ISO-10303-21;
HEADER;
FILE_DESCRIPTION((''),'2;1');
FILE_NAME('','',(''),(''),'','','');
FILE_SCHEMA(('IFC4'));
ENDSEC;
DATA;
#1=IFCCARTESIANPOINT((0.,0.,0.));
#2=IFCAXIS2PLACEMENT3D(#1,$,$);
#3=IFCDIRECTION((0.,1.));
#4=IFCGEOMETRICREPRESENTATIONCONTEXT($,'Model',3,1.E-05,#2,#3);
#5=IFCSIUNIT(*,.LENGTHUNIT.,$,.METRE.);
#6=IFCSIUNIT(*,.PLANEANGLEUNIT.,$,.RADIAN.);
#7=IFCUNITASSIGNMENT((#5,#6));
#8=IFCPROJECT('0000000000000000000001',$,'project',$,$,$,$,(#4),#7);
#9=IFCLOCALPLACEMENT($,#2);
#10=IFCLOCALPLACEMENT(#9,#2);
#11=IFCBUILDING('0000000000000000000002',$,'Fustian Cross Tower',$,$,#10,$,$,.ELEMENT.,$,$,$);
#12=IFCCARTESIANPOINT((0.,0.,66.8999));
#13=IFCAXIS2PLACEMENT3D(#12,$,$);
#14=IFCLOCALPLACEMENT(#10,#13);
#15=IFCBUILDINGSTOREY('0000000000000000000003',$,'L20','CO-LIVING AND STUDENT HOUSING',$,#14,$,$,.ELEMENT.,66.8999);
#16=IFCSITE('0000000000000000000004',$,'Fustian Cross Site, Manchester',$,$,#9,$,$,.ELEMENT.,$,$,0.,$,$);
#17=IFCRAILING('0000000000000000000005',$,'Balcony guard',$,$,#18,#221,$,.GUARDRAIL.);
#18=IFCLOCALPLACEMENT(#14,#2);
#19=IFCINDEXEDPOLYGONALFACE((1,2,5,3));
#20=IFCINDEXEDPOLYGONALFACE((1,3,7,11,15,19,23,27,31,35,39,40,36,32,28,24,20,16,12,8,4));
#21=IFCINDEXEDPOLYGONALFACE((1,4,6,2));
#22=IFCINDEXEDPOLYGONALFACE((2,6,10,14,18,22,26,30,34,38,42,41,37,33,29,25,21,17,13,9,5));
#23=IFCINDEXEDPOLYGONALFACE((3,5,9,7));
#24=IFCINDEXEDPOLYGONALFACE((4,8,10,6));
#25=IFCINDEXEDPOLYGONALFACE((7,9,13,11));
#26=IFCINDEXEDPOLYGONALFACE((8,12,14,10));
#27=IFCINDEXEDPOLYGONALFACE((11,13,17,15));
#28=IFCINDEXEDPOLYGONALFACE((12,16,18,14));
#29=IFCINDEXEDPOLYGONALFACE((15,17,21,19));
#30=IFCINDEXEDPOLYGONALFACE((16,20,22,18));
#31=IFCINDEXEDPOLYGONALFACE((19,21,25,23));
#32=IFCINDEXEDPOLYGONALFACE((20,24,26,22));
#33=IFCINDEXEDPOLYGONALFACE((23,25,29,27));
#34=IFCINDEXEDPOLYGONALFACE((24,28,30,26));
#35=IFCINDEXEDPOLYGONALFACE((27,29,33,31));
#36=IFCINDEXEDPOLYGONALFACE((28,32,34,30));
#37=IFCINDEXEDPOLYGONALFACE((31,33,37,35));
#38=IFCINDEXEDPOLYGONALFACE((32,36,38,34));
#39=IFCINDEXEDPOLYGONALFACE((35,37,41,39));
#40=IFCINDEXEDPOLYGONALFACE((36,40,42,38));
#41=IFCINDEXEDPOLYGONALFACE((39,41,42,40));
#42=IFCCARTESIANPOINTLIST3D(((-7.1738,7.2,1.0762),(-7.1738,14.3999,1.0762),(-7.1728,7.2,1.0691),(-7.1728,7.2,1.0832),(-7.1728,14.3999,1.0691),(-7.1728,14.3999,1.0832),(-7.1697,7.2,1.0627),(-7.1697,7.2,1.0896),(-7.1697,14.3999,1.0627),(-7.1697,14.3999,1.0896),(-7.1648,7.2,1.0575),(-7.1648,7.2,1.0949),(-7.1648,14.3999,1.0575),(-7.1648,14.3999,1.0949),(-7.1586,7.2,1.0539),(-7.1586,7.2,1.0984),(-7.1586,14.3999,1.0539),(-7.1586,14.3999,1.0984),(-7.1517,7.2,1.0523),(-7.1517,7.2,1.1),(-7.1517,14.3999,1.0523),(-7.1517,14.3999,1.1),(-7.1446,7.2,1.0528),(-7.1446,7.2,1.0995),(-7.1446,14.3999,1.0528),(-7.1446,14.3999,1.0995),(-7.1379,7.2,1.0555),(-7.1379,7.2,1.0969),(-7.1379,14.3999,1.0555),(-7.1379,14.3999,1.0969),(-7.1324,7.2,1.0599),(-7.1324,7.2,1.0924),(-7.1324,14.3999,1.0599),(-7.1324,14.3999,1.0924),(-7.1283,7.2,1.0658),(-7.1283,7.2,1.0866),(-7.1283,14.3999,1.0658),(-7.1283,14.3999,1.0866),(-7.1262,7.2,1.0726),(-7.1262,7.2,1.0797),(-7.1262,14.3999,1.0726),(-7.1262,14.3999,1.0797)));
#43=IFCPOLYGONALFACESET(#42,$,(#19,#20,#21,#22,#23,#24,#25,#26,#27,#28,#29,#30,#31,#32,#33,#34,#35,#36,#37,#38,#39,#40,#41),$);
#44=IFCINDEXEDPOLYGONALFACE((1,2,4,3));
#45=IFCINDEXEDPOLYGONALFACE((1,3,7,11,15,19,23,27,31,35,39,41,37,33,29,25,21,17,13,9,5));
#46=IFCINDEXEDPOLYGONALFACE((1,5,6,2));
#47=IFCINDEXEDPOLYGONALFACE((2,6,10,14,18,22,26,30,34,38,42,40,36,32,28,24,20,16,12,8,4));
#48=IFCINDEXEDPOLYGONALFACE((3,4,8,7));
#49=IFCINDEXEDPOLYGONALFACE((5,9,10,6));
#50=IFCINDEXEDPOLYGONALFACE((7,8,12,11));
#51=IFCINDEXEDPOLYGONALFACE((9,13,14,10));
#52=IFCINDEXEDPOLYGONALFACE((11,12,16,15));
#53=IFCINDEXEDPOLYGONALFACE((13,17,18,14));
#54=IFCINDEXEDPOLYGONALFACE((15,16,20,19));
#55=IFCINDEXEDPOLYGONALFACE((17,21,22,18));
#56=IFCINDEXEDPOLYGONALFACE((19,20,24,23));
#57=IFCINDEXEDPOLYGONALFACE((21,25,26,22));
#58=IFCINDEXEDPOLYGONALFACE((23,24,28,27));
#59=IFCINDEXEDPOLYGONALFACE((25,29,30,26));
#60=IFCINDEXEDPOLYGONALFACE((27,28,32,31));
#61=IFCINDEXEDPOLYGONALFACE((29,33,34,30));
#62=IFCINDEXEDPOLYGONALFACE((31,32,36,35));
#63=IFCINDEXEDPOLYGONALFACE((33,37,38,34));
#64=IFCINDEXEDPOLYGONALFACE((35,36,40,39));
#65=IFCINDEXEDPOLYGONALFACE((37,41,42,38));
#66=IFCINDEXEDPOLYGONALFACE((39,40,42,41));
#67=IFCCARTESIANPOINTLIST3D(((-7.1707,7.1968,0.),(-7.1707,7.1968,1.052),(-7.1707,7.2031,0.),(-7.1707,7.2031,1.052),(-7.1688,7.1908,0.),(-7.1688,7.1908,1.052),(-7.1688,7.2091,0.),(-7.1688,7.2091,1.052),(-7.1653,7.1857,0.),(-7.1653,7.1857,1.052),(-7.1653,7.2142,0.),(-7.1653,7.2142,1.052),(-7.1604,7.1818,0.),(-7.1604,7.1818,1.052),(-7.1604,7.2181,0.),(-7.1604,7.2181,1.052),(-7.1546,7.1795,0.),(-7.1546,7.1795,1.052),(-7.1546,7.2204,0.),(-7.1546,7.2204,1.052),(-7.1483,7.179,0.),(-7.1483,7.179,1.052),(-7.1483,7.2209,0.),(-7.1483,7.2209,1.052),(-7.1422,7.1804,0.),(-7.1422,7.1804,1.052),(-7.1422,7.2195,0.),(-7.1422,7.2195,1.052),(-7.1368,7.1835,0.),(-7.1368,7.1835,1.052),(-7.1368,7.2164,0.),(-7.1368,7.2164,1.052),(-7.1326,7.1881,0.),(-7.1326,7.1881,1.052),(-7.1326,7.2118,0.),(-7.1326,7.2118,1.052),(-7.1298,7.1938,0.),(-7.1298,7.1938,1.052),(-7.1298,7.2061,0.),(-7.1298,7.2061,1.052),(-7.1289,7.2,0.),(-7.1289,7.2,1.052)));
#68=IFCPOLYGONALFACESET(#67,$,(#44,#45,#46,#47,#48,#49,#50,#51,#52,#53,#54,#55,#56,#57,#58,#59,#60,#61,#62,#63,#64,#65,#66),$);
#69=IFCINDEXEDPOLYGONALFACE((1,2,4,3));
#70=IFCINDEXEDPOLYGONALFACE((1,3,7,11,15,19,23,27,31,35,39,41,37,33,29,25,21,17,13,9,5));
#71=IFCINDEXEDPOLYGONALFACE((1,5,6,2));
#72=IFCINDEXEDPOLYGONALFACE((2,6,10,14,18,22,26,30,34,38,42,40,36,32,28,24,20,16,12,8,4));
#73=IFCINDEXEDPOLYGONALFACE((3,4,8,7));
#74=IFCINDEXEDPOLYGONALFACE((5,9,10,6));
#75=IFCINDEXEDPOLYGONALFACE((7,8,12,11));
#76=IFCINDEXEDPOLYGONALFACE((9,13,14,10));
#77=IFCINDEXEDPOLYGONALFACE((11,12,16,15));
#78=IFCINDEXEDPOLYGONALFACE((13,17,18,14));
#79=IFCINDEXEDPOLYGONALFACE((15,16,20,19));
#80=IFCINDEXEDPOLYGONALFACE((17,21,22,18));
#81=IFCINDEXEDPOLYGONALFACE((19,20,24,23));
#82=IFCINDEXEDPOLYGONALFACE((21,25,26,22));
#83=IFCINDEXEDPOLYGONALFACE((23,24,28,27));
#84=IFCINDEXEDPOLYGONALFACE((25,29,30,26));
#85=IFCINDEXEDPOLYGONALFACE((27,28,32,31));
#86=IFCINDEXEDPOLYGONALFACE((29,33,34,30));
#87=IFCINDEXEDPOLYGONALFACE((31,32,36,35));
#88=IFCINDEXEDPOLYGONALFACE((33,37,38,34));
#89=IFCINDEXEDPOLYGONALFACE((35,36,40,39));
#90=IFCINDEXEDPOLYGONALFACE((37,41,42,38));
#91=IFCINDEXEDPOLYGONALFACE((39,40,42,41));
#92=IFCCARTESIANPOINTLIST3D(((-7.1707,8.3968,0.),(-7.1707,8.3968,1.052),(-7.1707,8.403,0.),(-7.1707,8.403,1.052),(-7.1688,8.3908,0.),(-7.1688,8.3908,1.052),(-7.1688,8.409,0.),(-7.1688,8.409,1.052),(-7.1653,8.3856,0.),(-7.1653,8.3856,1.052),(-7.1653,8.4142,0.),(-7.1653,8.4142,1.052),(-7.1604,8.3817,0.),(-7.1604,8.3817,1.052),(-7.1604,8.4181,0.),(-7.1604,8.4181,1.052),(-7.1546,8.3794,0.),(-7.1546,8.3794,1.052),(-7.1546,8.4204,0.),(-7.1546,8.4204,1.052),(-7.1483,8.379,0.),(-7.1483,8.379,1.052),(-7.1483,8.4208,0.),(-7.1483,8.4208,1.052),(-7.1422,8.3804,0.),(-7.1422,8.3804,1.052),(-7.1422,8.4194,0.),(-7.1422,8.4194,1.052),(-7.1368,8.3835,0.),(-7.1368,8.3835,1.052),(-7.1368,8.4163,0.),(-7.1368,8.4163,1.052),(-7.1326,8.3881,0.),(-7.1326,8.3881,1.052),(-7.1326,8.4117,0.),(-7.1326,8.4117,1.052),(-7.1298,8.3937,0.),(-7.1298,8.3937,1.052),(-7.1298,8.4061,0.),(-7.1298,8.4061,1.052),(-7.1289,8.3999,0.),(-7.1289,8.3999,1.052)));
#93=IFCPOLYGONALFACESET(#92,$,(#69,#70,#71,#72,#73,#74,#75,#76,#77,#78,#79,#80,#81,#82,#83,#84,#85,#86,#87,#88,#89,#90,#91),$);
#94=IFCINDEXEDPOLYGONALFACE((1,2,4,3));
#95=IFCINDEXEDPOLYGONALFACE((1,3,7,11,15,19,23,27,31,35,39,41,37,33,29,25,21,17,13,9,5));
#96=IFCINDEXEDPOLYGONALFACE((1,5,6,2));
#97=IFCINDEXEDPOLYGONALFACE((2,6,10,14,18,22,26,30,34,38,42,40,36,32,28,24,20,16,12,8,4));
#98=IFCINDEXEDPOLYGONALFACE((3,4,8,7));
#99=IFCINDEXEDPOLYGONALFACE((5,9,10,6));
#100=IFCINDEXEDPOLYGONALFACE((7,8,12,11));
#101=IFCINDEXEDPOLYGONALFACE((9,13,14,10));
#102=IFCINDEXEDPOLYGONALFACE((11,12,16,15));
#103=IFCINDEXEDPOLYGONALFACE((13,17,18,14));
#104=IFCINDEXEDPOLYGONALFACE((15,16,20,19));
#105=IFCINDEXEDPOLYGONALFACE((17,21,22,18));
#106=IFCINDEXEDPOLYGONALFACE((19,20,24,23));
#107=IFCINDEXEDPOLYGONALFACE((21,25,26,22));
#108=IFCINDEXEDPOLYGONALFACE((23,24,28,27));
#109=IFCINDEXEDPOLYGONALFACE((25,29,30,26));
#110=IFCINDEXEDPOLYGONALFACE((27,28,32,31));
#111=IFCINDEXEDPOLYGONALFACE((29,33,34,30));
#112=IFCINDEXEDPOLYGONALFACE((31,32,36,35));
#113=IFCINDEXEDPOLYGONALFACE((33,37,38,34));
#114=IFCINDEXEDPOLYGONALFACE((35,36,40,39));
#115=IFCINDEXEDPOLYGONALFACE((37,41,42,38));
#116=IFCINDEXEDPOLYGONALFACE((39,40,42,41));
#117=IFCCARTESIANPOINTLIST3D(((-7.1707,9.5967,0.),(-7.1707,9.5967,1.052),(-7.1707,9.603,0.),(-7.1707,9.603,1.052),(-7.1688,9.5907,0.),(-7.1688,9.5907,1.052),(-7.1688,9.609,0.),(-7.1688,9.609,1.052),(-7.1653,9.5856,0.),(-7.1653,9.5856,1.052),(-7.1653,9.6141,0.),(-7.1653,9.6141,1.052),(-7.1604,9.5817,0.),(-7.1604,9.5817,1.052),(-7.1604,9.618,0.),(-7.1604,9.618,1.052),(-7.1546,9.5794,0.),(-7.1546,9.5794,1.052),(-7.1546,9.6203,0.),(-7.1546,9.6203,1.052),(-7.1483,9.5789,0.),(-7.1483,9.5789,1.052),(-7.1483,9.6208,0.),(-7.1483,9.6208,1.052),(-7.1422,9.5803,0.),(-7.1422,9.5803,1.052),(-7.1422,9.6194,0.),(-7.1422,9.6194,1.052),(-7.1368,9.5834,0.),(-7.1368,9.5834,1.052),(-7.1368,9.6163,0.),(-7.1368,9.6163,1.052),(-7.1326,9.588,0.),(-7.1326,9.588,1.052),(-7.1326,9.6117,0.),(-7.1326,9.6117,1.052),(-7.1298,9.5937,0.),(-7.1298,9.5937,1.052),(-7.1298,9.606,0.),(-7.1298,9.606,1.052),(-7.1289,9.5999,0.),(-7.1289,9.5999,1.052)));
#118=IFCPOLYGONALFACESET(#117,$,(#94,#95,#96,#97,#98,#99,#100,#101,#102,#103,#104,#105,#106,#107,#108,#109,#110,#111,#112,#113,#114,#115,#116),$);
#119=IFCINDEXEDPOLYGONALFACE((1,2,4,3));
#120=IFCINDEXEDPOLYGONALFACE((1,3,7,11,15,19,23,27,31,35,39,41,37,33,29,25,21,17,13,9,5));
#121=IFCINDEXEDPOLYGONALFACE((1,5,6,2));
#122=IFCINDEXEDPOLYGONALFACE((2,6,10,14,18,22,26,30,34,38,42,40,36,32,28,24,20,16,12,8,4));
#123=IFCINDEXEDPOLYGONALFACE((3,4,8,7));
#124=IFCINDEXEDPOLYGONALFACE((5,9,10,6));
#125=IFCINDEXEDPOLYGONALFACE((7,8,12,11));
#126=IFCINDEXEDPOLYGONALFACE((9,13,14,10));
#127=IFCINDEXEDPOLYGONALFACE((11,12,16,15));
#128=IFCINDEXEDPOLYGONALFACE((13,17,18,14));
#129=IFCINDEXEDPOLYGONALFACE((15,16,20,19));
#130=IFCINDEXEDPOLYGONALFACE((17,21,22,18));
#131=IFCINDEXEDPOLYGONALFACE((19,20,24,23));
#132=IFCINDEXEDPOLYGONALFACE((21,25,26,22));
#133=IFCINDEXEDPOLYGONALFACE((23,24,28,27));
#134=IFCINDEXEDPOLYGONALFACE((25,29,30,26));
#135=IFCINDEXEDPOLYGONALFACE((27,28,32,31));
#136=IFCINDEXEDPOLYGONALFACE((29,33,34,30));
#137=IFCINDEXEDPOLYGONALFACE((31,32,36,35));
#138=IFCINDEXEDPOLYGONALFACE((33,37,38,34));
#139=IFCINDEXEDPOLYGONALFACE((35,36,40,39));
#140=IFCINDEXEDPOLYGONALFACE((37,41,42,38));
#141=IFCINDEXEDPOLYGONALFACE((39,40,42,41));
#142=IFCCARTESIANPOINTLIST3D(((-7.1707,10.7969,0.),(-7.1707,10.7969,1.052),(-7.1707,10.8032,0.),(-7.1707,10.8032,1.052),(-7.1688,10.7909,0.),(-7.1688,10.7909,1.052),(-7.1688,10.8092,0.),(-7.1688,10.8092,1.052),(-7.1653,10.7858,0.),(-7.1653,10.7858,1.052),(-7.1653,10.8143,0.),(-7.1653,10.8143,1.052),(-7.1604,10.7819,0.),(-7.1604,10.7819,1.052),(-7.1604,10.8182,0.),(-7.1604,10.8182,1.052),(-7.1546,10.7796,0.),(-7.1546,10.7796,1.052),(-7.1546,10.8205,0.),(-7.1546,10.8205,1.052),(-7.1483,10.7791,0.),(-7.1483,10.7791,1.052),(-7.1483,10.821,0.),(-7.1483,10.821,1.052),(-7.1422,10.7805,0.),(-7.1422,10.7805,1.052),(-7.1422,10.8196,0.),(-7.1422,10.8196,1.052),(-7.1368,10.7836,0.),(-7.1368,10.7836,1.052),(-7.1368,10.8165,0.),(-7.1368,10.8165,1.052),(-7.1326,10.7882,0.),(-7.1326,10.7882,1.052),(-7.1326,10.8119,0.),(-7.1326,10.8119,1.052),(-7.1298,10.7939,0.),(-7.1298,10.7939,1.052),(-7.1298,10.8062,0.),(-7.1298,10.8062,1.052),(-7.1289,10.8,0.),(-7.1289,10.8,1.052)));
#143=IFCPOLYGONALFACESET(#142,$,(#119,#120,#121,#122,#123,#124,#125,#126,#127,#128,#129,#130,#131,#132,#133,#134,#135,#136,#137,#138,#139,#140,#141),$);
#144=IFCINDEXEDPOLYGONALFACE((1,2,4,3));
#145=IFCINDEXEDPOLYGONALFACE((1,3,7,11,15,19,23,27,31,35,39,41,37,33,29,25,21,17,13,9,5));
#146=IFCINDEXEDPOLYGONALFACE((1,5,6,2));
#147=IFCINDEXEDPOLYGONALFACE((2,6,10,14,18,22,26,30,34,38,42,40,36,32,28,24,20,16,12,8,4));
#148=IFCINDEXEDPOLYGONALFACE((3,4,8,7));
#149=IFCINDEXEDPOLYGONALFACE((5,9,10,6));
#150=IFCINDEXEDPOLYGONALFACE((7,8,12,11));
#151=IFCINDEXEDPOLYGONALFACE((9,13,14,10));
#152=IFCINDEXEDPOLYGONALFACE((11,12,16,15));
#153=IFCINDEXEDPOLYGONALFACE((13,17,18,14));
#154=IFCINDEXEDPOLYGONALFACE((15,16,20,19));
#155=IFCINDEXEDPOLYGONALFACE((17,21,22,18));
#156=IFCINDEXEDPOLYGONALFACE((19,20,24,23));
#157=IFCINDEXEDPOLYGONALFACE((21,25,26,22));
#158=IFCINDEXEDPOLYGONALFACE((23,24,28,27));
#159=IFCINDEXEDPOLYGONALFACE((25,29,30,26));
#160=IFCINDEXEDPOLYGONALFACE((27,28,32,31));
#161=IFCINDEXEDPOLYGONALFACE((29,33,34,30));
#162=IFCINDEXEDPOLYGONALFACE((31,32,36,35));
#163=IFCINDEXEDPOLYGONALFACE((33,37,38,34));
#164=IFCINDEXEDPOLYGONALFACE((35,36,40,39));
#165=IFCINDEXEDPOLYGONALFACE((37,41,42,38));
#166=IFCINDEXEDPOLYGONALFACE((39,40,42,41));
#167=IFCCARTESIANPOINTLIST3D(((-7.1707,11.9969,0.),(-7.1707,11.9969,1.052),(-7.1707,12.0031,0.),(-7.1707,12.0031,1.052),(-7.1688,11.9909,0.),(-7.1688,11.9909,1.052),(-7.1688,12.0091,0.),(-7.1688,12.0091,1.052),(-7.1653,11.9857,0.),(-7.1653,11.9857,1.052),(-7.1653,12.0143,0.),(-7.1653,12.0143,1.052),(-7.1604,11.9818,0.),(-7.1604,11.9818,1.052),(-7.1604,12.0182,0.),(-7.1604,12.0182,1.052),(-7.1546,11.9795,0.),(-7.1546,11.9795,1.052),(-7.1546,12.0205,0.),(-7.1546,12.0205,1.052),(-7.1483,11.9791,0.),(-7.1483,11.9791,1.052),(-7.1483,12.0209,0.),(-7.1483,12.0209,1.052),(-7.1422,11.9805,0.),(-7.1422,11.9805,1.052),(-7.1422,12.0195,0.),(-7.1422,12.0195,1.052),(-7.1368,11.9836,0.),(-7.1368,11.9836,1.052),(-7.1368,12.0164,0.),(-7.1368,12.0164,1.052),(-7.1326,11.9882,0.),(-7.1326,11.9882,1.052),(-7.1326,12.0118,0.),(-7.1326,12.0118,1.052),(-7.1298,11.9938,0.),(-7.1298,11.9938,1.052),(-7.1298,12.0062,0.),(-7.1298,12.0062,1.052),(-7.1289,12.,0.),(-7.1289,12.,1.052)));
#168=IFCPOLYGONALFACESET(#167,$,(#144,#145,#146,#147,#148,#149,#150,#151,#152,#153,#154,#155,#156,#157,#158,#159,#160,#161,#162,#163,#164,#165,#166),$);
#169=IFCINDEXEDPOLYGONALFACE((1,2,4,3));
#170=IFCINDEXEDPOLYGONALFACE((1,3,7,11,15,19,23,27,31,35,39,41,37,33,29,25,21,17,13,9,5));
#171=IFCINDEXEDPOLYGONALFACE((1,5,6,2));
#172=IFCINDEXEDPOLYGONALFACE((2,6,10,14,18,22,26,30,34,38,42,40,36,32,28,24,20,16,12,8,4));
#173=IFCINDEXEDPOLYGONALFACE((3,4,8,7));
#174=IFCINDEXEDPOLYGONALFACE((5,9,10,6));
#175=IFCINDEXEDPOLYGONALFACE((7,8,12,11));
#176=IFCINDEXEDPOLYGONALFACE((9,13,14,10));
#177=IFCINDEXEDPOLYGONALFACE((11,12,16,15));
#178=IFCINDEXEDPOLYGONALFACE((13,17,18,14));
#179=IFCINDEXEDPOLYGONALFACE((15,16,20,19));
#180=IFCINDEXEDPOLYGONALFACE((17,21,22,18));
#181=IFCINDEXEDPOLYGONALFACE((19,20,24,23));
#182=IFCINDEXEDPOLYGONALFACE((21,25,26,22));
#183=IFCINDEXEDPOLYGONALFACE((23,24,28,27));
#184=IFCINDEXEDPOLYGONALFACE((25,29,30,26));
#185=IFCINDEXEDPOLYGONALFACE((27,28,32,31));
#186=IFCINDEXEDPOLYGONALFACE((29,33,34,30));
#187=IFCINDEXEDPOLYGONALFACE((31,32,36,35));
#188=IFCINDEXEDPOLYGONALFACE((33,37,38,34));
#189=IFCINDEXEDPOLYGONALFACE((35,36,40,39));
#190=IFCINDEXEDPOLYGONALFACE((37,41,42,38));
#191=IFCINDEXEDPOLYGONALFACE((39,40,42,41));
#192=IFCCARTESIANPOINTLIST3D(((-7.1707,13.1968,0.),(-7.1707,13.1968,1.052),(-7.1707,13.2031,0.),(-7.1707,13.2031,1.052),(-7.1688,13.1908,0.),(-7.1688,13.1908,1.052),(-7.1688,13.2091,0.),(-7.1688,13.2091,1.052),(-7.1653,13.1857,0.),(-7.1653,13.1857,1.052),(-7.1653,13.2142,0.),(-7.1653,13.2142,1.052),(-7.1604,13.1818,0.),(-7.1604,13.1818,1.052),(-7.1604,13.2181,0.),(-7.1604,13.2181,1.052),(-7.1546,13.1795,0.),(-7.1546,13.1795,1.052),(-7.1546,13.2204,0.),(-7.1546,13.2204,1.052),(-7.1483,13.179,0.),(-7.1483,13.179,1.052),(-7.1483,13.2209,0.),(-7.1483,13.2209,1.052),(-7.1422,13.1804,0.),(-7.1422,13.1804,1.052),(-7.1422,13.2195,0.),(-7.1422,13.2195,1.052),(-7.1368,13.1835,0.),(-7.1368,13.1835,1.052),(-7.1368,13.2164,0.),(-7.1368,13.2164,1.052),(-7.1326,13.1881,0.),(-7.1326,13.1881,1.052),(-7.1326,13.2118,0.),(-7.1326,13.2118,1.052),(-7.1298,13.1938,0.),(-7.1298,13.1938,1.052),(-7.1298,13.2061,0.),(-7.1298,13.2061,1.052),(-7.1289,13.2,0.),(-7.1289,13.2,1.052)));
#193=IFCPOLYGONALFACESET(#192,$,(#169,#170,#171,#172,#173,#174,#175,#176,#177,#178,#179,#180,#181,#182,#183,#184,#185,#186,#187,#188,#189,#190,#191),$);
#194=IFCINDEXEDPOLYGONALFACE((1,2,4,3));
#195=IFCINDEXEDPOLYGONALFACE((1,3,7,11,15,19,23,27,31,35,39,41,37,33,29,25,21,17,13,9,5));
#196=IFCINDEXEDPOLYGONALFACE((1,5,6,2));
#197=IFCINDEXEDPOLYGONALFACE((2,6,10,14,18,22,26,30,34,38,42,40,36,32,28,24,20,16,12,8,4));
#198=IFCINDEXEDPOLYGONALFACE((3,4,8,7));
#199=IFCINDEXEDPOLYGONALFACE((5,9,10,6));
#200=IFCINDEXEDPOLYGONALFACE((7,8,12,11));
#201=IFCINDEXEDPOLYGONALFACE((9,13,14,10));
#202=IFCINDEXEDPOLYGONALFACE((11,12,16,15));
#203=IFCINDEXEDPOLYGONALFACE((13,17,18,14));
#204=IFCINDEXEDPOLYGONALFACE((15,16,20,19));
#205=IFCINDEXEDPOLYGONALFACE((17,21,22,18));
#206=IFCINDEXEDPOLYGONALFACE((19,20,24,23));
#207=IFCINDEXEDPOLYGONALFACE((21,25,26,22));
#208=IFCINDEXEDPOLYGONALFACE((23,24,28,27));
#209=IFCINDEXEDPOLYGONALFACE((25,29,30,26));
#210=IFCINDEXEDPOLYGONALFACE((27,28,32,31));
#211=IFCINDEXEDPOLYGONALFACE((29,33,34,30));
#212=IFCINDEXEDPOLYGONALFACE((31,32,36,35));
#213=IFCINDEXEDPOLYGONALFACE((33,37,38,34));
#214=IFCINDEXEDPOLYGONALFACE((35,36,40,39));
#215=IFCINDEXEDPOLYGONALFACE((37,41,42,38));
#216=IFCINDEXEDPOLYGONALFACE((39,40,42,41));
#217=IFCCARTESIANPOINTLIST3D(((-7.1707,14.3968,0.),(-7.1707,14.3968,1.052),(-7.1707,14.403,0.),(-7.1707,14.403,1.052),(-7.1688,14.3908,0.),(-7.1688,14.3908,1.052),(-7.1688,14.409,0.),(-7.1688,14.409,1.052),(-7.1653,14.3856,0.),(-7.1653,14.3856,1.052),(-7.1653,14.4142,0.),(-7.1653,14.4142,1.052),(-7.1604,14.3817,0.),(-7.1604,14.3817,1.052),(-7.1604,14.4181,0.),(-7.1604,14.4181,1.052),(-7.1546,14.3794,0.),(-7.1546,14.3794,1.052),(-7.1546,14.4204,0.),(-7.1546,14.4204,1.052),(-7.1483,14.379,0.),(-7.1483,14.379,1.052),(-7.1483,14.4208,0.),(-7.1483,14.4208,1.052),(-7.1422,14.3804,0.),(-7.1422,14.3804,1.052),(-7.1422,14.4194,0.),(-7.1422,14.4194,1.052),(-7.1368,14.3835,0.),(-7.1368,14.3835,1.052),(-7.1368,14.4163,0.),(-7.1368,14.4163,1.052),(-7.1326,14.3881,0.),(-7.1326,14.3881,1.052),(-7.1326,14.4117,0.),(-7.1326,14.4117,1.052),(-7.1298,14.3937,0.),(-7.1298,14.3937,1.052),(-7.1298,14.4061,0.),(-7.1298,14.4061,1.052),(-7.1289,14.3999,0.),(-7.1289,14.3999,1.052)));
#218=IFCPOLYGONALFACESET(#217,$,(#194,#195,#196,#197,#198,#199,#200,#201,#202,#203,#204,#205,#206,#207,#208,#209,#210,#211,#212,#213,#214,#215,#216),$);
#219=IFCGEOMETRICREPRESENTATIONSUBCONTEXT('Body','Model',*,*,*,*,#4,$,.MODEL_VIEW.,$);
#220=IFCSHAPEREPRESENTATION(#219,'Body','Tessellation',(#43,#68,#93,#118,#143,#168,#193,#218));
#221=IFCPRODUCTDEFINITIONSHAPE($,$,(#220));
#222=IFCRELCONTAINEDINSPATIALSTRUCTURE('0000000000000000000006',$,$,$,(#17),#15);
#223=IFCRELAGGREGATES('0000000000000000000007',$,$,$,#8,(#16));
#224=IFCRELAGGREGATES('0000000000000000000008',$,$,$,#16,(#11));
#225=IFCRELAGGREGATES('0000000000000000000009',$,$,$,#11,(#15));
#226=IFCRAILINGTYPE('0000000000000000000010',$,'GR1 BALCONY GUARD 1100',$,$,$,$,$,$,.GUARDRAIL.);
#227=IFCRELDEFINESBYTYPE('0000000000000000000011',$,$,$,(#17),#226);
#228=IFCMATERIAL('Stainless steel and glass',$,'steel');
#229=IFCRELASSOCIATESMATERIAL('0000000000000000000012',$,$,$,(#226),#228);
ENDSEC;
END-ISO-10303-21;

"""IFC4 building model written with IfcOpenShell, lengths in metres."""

from ifc_helpers import new_model, si_unit, direction, frame, origin, origin_2d, place, context, subcontext, project, spatial, circle, extrude, material, type_object, element, save


model = new_model("IFC4")

# Units and contexts
model_context = context("Model", 3, precision=1e-05, world=origin(), true_north=direction((0.0, 1.0)))
body_context = subcontext(model_context, "Body", "Model", "MODEL_VIEW")
ifc_project = project(units=[si_unit("LENGTHUNIT", "METRE"), si_unit("PLANEANGLEUNIT", "RADIAN")], contexts=[model_context])

# Site, building, storey
site_placement = place(None, origin())
site = spatial("IfcSite", under=ifc_project, at=site_placement, Name="Fustian Cross Site, Manchester", CompositionType="ELEMENT", RefElevation=0.0)
building_placement = place(site_placement, origin())
building = spatial("IfcBuilding", under=site, at=building_placement, Name="Fustian Cross Tower", CompositionType="ELEMENT")
storey_placement = place(building_placement, frame((0.0, 0.0, 66.8999)))
storey = spatial("IfcBuildingStorey", under=building, at=storey_placement, Name="L20", Description="CO-LIVING AND STUDENT HOUSING", CompositionType="ELEMENT", Elevation=66.8999)

# Railing
ifc_material_1 = material(Name="Stainless steel and glass", Category="steel")
railing_type = type_object("IfcRailingType", Name="GR1 BALCONY GUARD 1100", PredefinedType="GUARDRAIL", material=ifc_material_1)
railing_placement = place(storey_placement, frame((-7.1499, 7.2, 0.0)))
element("IfcRailing", 1, at=railing_placement, inside=storey, type_object=railing_type, Name="Balcony guard", PredefinedType="GUARDRAIL", context=body_context, shape_type="SweptSolid", body=[
    extrude(circle(Radius=0.0239, at=origin_2d()), frame((0.0, 0.0, 1.0762), z_axis=(0.0, 1.0, 0.0), x_axis=(-1.0, 0.0, 0.0)), (0.0, 0.0, 1.0), 7.2),
    extrude(circle(Radius=0.021, at=origin_2d()), origin(), (0.0, 0.0, 1.0), 1.052),
    extrude(circle(Radius=0.021, at=origin_2d()), frame((0.0, 1.2, 0.0)), (0.0, 0.0, 1.0), 1.052),
    extrude(circle(Radius=0.021, at=origin_2d()), frame((0.0, 2.3999, 0.0)), (0.0, 0.0, 1.0), 1.052),
    extrude(circle(Radius=0.021, at=origin_2d()), frame((0.0, 3.6001, 0.0)), (0.0, 0.0, 1.0), 1.052),
    extrude(circle(Radius=0.021, at=origin_2d()), frame((0.0, 4.8, 0.0)), (0.0, 0.0, 1.0), 1.052),
    extrude(circle(Radius=0.021, at=origin_2d()), frame((0.0, 6.0, 0.0)), (0.0, 0.0, 1.0), 1.052),
    extrude(circle(Radius=0.021, at=origin_2d()), frame((0.0, 7.2, 0.0)), (0.0, 0.0, 1.0), 1.052),
])

save(model, "model.ifc")
